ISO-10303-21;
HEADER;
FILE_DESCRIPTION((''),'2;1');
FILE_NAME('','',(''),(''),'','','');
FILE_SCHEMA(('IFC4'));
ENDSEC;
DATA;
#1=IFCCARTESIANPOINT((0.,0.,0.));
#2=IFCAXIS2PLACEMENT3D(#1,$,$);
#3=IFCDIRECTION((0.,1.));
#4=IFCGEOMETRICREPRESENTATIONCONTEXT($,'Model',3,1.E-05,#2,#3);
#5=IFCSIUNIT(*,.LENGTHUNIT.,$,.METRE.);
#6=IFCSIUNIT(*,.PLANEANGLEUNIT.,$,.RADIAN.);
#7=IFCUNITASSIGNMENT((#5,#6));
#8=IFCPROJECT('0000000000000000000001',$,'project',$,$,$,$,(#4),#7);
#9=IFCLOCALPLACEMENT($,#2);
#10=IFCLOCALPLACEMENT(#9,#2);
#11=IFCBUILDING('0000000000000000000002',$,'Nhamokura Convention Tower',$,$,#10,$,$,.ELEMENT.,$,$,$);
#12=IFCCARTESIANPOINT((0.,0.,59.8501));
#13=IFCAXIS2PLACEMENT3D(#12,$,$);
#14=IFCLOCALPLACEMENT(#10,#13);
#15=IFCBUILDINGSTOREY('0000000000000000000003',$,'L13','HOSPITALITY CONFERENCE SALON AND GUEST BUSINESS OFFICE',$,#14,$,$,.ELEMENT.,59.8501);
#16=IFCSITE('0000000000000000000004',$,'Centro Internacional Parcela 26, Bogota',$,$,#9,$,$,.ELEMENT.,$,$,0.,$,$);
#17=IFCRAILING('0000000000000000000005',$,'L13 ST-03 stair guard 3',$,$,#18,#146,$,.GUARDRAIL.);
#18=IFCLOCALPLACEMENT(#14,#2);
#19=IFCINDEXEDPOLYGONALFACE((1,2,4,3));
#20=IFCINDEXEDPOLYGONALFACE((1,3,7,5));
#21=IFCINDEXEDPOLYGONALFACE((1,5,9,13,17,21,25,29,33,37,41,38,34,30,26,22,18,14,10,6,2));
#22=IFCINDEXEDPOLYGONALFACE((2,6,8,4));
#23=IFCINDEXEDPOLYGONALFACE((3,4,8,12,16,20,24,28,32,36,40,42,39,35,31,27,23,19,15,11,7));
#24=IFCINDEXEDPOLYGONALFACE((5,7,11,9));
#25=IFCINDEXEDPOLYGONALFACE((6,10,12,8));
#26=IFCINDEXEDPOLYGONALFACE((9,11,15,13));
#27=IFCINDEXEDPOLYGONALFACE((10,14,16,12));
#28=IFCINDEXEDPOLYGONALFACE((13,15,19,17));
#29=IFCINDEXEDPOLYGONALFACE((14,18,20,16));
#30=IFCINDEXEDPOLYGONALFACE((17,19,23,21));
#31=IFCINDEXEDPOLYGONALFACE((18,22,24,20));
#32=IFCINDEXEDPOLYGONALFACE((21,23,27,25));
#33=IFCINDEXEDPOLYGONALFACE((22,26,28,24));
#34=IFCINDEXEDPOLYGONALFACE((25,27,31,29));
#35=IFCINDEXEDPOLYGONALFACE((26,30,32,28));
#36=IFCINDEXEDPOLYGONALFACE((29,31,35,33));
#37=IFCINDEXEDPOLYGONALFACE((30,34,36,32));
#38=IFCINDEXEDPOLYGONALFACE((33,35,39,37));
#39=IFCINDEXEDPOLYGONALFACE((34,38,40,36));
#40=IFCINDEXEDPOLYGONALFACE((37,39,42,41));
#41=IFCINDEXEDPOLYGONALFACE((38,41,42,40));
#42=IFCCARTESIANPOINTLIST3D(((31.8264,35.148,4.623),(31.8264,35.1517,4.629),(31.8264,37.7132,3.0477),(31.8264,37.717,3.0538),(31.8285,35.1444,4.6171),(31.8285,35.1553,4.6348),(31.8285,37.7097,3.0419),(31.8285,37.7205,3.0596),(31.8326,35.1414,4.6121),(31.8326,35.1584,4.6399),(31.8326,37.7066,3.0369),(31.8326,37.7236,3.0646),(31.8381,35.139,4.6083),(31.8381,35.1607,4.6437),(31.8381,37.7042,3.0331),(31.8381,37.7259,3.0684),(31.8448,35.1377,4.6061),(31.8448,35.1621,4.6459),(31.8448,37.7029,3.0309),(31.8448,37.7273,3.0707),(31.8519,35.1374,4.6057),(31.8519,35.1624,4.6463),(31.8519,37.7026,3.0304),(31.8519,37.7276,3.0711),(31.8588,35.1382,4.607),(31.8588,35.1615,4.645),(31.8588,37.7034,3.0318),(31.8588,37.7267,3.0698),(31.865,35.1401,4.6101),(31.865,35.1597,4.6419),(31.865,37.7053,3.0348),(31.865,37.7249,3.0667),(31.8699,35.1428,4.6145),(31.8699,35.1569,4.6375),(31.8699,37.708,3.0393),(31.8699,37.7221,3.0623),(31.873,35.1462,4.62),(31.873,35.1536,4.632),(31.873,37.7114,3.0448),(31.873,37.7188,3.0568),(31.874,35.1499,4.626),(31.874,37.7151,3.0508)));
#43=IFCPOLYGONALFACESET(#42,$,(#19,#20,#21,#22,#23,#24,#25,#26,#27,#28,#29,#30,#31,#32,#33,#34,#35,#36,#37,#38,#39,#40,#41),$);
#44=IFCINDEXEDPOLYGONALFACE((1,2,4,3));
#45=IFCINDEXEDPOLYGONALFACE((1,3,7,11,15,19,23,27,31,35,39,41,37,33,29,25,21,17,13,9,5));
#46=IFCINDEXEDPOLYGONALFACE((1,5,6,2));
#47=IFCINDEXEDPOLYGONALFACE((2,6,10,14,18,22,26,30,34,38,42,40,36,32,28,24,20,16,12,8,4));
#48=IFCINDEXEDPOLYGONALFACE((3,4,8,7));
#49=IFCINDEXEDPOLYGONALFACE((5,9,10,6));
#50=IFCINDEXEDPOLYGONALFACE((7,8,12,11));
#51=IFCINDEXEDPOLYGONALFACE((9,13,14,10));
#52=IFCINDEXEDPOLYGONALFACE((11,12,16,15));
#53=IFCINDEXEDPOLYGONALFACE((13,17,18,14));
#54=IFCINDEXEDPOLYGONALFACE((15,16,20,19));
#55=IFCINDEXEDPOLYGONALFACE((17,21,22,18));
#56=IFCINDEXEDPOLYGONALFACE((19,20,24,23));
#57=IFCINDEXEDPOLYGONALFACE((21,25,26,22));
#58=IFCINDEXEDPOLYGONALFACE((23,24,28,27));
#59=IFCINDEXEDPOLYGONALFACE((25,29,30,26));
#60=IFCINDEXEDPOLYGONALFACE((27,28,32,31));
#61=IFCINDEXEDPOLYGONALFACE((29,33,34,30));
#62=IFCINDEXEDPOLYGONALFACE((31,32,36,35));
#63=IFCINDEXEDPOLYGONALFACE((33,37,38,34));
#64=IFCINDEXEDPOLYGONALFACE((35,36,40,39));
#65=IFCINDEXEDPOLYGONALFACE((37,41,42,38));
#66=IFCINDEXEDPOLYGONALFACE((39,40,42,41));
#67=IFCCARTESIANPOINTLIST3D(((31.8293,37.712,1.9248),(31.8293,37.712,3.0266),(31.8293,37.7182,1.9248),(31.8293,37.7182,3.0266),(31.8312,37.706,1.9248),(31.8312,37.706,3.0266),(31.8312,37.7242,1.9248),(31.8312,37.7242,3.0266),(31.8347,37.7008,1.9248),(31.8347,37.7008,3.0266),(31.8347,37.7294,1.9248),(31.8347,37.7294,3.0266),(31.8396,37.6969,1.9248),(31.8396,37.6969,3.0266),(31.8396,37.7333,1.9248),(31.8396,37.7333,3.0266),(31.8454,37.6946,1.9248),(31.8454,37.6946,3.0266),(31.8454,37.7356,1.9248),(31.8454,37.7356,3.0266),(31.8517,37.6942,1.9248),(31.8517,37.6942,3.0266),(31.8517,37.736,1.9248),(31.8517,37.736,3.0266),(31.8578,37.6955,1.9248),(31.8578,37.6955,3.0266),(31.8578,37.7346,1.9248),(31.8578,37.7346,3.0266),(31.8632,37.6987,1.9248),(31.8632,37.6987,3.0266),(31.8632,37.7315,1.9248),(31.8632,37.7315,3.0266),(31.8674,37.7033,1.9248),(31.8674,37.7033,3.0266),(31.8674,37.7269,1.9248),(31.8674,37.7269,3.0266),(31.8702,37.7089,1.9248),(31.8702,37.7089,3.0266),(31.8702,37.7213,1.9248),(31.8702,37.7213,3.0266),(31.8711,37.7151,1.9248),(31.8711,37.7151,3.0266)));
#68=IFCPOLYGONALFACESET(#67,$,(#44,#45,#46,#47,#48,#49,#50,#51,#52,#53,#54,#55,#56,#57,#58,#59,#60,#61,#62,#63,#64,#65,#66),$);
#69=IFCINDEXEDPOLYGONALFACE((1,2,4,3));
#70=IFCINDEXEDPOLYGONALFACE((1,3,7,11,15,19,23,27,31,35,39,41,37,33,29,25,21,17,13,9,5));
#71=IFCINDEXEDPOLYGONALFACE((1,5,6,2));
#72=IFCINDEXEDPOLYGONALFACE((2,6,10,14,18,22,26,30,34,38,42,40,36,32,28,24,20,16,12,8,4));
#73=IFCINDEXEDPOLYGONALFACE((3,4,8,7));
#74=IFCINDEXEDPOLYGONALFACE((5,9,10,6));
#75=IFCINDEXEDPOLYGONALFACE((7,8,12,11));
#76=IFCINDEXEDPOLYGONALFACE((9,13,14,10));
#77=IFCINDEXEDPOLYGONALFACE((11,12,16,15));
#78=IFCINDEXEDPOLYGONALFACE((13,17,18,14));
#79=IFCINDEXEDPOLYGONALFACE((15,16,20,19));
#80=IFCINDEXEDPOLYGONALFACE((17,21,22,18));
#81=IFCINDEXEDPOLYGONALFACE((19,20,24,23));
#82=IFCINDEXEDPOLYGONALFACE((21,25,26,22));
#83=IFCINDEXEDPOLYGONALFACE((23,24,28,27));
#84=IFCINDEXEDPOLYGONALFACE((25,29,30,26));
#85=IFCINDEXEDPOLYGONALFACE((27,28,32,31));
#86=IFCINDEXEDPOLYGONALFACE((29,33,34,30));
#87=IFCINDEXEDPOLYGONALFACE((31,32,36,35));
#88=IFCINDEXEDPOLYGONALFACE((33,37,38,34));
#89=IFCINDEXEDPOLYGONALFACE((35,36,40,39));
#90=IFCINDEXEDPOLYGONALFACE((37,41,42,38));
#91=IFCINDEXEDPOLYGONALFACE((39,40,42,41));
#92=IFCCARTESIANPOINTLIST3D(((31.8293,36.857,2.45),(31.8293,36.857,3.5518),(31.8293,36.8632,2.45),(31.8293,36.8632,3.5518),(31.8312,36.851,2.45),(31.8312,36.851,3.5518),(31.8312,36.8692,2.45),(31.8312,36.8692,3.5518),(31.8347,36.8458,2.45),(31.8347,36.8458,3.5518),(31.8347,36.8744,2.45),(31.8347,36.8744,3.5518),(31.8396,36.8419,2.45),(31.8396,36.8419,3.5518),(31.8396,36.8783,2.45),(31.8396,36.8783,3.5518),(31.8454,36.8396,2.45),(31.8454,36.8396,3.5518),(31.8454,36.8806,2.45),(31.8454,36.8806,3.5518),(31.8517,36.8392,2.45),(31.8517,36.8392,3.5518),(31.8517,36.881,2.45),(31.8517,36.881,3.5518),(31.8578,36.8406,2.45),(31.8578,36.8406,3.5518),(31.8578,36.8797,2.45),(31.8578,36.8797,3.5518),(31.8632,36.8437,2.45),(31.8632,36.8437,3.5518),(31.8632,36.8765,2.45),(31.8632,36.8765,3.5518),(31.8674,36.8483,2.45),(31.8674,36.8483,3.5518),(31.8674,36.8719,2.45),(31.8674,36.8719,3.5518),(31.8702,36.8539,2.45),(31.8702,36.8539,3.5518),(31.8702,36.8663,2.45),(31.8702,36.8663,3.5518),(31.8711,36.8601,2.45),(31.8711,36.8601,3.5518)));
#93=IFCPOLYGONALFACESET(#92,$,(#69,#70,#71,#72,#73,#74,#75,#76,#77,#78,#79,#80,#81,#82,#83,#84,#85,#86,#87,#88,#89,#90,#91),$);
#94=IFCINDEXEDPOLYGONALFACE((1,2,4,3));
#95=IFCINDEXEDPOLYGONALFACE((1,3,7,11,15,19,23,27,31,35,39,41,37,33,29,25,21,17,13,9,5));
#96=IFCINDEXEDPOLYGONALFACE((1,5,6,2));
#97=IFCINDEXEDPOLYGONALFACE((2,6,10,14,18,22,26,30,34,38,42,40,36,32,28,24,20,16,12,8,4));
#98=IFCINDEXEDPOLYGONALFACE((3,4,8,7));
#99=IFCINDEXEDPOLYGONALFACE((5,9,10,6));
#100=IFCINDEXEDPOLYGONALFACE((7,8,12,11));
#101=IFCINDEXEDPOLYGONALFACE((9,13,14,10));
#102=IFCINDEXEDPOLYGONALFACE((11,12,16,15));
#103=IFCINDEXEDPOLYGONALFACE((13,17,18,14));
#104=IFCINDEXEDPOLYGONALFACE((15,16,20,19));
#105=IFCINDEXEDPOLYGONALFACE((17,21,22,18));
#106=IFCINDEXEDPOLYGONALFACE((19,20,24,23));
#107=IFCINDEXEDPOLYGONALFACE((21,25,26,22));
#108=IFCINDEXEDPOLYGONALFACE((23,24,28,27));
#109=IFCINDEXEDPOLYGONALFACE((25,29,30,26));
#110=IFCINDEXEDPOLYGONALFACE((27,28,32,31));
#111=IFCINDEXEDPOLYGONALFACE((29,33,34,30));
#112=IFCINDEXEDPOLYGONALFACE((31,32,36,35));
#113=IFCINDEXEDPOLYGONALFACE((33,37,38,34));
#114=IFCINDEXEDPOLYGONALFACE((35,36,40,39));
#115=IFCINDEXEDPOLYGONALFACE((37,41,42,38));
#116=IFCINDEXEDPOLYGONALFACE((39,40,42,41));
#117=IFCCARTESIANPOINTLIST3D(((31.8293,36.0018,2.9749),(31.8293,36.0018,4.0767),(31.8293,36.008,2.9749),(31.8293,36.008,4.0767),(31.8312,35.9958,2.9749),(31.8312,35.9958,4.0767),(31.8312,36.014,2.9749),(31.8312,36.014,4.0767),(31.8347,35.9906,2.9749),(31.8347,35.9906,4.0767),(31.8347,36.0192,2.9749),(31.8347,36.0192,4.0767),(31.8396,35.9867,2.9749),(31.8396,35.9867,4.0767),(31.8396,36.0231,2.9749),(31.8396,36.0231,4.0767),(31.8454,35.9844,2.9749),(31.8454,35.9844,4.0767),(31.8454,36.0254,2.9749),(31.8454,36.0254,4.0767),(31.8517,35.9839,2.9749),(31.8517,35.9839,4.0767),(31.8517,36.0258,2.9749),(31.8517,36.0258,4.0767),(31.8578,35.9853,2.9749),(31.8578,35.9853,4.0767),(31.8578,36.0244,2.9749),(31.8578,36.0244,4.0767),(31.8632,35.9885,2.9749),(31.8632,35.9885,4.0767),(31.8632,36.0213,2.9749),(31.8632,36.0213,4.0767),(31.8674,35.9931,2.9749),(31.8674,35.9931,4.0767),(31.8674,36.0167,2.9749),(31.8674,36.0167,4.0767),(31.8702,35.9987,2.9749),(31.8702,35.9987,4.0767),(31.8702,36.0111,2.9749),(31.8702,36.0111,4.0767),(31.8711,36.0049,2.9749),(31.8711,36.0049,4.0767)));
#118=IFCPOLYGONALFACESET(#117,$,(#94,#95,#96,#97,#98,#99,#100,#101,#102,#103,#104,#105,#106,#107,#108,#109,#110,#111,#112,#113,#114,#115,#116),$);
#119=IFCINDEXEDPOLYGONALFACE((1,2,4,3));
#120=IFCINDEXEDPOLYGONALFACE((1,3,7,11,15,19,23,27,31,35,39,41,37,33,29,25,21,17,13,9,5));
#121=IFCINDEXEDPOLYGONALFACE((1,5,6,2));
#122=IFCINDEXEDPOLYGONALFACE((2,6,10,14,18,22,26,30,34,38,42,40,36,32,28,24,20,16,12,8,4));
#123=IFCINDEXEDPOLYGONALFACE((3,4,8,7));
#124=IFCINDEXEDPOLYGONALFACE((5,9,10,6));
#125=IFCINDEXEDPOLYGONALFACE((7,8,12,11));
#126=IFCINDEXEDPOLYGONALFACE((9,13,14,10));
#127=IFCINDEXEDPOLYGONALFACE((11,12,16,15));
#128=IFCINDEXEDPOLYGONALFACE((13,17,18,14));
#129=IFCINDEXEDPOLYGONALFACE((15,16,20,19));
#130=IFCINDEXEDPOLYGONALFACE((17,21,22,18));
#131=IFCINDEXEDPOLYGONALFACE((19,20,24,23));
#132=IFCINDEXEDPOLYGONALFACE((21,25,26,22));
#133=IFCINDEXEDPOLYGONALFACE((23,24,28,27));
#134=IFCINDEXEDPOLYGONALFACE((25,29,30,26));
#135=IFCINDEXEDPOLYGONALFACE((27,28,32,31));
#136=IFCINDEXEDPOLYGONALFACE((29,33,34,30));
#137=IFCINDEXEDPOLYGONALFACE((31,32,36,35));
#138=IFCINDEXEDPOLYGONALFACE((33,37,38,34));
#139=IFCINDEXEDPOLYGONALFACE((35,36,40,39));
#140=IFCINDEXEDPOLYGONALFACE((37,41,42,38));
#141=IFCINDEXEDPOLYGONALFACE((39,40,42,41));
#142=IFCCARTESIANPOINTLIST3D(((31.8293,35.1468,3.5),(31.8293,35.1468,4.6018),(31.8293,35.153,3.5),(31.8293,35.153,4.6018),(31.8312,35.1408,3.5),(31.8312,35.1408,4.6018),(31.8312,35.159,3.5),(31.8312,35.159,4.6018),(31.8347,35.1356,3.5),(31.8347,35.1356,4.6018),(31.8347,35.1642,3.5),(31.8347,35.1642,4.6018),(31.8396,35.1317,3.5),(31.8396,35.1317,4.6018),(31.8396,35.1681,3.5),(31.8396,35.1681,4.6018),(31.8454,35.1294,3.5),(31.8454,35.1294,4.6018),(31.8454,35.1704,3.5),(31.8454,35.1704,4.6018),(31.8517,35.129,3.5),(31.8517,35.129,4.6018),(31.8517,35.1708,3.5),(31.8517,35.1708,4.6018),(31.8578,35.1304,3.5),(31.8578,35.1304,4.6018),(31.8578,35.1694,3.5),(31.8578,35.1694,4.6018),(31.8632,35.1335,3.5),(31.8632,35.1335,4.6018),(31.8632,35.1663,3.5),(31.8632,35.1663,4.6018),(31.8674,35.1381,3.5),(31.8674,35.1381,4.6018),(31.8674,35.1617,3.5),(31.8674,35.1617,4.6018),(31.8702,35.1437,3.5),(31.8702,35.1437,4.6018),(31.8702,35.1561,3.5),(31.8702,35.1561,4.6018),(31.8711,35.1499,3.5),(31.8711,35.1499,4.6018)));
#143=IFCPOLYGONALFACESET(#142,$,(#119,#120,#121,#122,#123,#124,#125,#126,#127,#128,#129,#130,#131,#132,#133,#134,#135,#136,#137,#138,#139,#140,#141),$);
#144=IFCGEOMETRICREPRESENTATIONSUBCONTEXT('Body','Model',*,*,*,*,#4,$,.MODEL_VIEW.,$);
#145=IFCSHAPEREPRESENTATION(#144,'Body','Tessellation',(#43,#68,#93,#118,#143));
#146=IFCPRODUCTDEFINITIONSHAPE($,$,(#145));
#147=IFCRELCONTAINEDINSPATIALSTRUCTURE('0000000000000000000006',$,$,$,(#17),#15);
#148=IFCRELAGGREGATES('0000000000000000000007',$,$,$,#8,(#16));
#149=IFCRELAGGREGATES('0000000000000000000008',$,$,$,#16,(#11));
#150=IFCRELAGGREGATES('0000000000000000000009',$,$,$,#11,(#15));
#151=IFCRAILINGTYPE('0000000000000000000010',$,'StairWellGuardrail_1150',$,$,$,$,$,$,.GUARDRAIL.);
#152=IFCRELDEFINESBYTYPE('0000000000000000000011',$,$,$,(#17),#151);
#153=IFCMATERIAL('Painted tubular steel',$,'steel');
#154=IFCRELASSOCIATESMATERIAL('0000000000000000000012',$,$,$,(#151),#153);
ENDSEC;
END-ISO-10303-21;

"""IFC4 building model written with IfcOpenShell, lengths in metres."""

from ifc_helpers import new_model, si_unit, direction, frame, origin, origin_2d, place, context, subcontext, project, spatial, circle, extrude, material, type_object, element, save


model = new_model("IFC4")

# Units and contexts
model_context = context("Model", 3, precision=1e-05, world=origin(), true_north=direction((0.0, 1.0)))
body_context = subcontext(model_context, "Body", "Model", "MODEL_VIEW")
ifc_project = project(units=[si_unit("LENGTHUNIT", "METRE"), si_unit("PLANEANGLEUNIT", "RADIAN")], contexts=[model_context])

# Site, building, storey
site_placement = place(None, origin())
site = spatial("IfcSite", under=ifc_project, at=site_placement, Name="Centro Internacional Parcela 26, Bogota", CompositionType="ELEMENT", RefElevation=0.0)
building_placement = place(site_placement, origin())
building = spatial("IfcBuilding", under=site, at=building_placement, Name="Nhamokura Convention Tower", CompositionType="ELEMENT")
storey_placement = place(building_placement, frame((0.0, 0.0, 59.8501)))
storey = spatial("IfcBuildingStorey", under=building, at=storey_placement, Name="L13", Description="HOSPITALITY CONFERENCE SALON AND GUEST BUSINESS OFFICE", CompositionType="ELEMENT", Elevation=59.8501)

# Railing
ifc_material_1 = material(Name="Painted tubular steel", Category="steel")
railing_type_1 = type_object("IfcRailingType", Name="StairWellGuardrail_1150", PredefinedType="GUARDRAIL", material=ifc_material_1)
railing_1_placement = place(storey_placement, frame((31.8501, 37.7151, 1.9248)))
element("IfcRailing", 1, at=railing_1_placement, inside=storey, type_object=railing_type_1, Name="L13 ST-03 stair guard 3", PredefinedType="GUARDRAIL", context=body_context, shape_type="SweptSolid", body=[
    extrude(circle(Radius=0.0239, at=origin_2d()), frame((0.0, 0.0, 1.126), z_axis=(0.0, -0.852159, 0.523283), x_axis=(1.0, 0.0, 0.0)), (0.0, 0.0, 1.0), 3.0103),
    extrude(circle(Radius=0.021, at=origin_2d()), origin(), (0.0, 0.0, 1.0), 1.1018),
    extrude(circle(Radius=0.021, at=origin_2d()), frame((0.0, -0.855, 0.5251)), (0.0, 0.0, 1.0), 1.1018),
    extrude(circle(Radius=0.021, at=origin_2d()), frame((0.0, -1.7102, 1.05)), (0.0, 0.0, 1.0), 1.1018),
    extrude(circle(Radius=0.021, at=origin_2d()), frame((0.0, -2.5652, 1.5752)), (0.0, 0.0, 1.0), 1.1018),
])

save(model, "model.ifc")
